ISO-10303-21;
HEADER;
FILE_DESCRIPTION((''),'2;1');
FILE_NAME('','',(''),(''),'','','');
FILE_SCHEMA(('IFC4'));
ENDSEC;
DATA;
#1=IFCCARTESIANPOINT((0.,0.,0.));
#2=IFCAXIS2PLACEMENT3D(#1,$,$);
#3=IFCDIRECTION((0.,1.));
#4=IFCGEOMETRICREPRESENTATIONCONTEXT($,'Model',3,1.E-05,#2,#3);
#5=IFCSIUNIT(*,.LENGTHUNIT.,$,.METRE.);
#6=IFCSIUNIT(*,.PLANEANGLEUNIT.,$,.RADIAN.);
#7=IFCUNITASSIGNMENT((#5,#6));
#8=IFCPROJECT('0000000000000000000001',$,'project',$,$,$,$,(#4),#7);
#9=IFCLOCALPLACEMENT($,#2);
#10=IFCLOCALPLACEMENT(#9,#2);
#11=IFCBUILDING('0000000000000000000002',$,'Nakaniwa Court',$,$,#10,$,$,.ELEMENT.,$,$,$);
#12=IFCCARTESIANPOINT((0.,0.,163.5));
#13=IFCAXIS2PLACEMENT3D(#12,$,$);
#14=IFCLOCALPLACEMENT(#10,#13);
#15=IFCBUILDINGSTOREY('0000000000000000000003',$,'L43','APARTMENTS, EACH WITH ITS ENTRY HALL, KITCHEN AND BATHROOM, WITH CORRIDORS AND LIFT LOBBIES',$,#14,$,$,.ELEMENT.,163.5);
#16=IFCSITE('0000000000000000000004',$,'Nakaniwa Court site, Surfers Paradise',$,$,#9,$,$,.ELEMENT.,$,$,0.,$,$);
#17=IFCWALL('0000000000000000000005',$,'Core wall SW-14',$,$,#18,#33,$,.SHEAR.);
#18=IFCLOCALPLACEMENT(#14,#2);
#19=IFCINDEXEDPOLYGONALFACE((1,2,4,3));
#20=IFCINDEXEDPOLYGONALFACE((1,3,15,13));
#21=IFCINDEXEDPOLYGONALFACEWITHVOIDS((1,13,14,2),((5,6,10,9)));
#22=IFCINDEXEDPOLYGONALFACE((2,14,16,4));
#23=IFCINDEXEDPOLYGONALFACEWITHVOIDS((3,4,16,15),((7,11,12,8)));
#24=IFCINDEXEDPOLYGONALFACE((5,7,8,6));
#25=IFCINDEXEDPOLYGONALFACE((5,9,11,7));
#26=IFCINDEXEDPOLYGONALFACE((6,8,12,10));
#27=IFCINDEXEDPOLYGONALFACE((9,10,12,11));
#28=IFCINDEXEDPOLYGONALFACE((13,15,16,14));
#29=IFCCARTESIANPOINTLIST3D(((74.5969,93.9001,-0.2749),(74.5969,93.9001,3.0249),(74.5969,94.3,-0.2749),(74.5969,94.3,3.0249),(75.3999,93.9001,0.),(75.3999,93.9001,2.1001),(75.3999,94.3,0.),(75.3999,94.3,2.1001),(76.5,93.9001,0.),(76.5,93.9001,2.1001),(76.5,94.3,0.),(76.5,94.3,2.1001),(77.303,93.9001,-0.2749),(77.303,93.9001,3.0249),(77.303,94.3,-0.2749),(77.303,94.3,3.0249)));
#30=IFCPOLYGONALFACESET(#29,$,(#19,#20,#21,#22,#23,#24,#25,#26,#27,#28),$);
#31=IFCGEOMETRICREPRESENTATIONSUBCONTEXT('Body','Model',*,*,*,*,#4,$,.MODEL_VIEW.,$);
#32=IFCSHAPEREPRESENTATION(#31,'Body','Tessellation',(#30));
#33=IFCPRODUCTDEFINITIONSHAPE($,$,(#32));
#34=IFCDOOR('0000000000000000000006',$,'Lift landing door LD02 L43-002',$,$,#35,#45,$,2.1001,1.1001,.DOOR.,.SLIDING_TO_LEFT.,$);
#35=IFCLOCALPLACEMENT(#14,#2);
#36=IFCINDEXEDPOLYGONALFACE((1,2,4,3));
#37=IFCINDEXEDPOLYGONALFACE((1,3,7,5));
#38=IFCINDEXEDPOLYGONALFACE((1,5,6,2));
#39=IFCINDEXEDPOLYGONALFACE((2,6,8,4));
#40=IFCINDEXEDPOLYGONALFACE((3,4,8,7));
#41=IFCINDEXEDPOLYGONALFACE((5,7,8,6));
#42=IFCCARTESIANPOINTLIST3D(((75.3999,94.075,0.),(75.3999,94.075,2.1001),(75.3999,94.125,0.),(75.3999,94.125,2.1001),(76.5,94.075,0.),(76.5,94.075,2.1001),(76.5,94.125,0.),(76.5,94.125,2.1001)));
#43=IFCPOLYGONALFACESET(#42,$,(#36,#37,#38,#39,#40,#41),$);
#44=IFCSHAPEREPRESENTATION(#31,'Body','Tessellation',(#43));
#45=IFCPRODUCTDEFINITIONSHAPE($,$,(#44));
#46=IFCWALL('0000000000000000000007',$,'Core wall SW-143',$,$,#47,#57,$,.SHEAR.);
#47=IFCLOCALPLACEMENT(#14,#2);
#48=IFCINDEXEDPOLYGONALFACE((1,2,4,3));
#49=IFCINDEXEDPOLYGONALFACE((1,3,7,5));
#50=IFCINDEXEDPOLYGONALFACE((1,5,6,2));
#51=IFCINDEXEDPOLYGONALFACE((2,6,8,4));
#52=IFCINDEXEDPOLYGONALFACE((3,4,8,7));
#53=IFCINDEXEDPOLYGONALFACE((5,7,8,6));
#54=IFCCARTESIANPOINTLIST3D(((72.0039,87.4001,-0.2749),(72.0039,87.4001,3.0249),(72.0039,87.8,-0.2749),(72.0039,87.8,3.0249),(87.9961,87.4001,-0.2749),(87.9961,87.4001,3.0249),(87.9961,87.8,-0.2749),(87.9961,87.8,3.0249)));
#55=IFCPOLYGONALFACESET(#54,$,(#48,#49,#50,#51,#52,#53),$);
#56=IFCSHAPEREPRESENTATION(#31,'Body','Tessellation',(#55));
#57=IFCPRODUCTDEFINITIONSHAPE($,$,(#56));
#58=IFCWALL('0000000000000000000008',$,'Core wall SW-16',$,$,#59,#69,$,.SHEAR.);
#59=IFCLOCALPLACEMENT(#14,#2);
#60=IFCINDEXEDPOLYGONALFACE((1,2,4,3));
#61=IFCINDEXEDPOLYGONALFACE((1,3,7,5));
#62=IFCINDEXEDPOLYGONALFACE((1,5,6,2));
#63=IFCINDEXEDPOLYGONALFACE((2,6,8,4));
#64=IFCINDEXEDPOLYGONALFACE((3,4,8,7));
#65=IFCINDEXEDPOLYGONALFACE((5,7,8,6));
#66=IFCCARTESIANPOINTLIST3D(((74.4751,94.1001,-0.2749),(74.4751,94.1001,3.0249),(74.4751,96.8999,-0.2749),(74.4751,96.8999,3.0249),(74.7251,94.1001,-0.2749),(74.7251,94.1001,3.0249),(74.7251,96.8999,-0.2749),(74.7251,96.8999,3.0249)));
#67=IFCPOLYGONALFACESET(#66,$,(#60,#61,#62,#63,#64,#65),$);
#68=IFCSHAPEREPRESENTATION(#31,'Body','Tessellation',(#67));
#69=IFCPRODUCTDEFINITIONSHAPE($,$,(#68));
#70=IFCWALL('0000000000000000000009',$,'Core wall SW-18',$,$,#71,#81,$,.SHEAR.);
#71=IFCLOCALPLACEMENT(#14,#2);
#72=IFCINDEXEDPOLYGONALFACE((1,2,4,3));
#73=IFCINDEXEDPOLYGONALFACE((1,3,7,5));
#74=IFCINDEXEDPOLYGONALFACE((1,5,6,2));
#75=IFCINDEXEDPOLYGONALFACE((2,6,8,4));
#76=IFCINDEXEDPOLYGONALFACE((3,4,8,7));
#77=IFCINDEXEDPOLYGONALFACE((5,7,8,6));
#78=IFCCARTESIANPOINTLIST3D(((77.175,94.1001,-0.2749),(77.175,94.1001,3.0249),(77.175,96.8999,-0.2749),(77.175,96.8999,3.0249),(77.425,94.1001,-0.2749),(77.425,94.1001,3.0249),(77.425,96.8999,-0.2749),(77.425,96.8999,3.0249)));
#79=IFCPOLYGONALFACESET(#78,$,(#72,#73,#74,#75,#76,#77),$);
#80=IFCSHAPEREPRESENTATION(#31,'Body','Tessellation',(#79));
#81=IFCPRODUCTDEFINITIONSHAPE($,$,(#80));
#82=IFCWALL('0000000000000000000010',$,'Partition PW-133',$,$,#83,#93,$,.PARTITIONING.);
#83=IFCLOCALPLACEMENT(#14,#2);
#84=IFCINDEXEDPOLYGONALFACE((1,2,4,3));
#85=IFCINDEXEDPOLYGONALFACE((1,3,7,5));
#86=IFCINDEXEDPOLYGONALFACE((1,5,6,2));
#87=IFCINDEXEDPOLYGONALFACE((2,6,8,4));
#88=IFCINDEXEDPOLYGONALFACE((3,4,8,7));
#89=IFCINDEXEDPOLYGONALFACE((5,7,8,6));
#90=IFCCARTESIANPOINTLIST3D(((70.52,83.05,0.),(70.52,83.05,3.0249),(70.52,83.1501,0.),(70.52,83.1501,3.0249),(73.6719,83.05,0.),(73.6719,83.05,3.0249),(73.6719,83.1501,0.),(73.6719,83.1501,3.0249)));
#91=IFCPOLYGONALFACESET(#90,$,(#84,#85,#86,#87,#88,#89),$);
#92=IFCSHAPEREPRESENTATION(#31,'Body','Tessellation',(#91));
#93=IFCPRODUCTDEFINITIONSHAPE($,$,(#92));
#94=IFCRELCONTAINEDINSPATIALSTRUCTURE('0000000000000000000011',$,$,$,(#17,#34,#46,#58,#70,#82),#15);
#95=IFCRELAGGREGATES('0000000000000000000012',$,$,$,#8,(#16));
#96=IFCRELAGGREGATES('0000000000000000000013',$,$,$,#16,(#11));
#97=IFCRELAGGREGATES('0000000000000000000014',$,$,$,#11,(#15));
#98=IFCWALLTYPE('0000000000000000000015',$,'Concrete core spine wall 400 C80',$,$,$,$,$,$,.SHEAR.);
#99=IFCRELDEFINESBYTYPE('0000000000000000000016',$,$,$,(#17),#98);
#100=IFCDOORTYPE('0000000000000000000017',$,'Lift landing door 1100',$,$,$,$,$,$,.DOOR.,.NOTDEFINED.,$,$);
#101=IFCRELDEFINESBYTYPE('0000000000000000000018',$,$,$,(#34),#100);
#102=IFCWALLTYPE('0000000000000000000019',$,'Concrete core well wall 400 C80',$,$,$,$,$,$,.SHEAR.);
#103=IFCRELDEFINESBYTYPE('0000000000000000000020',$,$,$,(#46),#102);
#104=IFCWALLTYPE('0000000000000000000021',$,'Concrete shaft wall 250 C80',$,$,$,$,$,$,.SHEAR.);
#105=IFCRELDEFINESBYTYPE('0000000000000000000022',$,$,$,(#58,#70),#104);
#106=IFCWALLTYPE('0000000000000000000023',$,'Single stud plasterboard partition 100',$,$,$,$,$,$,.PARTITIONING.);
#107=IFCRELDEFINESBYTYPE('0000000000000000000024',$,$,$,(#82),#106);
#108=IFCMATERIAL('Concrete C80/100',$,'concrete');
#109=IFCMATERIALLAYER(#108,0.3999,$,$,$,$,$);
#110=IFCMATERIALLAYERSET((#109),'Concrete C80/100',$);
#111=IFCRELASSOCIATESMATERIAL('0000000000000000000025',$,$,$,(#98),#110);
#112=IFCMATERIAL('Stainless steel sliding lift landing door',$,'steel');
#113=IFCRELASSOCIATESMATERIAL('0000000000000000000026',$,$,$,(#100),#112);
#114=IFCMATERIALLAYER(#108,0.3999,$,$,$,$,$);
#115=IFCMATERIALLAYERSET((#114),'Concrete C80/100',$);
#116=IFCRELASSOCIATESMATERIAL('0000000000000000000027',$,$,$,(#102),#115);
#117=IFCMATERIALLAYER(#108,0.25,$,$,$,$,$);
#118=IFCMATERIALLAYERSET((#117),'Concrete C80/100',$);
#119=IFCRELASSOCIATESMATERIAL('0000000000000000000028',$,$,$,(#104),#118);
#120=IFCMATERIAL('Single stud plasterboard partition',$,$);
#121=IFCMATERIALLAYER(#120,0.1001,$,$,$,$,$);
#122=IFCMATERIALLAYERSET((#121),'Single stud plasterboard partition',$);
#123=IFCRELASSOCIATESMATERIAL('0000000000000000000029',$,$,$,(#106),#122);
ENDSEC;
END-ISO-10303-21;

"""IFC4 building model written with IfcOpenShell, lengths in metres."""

from ifc_helpers import new_model, si_unit, direction, frame, frame_2d, origin, place, context, subcontext, project, spatial, rectangle, extrude, material, layer, layer_set, type_object, element, fill, save


model = new_model("IFC4")

# Units and contexts
model_context = context("Model", 3, precision=1e-05, world=origin(), true_north=direction((0.0, 1.0)))
body_context = subcontext(model_context, "Body", "Model", "MODEL_VIEW")
ifc_project = project(units=[si_unit("LENGTHUNIT", "METRE"), si_unit("PLANEANGLEUNIT", "RADIAN")], contexts=[model_context])

# Site, building, storey
site_placement = place(None, origin())
site = spatial("IfcSite", under=ifc_project, at=site_placement, Name="Nakaniwa Court site, Surfers Paradise", CompositionType="ELEMENT", RefElevation=0.0)
building_placement = place(site_placement, origin())
building = spatial("IfcBuilding", under=site, at=building_placement, Name="Nakaniwa Court", CompositionType="ELEMENT")
storey_placement = place(building_placement, frame((0.0, 0.0, 163.5)))
storey = spatial("IfcBuildingStorey", under=building, at=storey_placement, Name="L43", Description="APARTMENTS, EACH WITH ITS ENTRY HALL, KITCHEN AND BATHROOM, WITH CORRIDORS AND LIFT LOBBIES", CompositionType="ELEMENT", Elevation=163.5)

# Shared definitions
ifc_material_1 = material(Name="Concrete C80/100", Category="concrete")

# Wall, opening, door
ifc_layer_1 = layer(ifc_material_1, 0.3999)
ifc_layer_set_1 = layer_set([ifc_layer_1], Name="Concrete C80/100")
wall_type_1 = type_object("IfcWallType", Name="Concrete core spine wall 400 C80", PredefinedType="SHEAR", material=ifc_layer_set_1)
wall_1_placement = place(storey_placement, frame((74.5969, 94.1001, -0.2749), z_axis=(0.0, 0.0, 1.0), x_axis=(1.0, 0.0, 0.0)))
wall_1 = element("IfcWall", 1, at=wall_1_placement, inside=storey, type_object=wall_type_1, Name="Core wall SW-14", PredefinedType="SHEAR", context=body_context, shape_type="SweptSolid", body=[
    extrude(rectangle(XDim=2.7061, YDim=0.3999, at=frame_2d((1.353, 0.0))), origin(), (0.0, 0.0, 1.0), 3.2998),
])
opening_1_placement = place(wall_1_placement, frame((0.803, 0.0, 0.2749)))
opening_1 = element("IfcOpeningElement", 2, at=opening_1_placement, cuts=wall_1, PredefinedType="OPENING", context=body_context, shape_type="SweptSolid", body=[
    extrude(rectangle(XDim=1.1001, YDim=2.1001, at=frame_2d((0.55, 1.05))), frame((0.0, 0.21, 0.0), z_axis=(0.0, -1.0, 0.0), x_axis=(1.0, 0.0, 0.0)), (0.0, 0.0, 1.0), 0.4199),
])
ifc_material_2 = material(Name="Stainless steel sliding lift landing door", Category="steel")
door_type_1 = type_object("IfcDoorType", Name="Lift landing door 1100", OperationType="NOTDEFINED", PredefinedType="DOOR", material=ifc_material_2)
door_1_placement = place(opening_1_placement, origin())
door_1 = element("IfcDoor", 3, at=door_1_placement, inside=storey, type_object=door_type_1, Name="Lift landing door LD02 L43-002", OperationType="SLIDING_TO_LEFT", OverallHeight=2.1001, OverallWidth=1.1001, PredefinedType="DOOR", context=body_context, shape_type="SweptSolid", body=[
    extrude(rectangle(XDim=1.1001, YDim=2.1001, at=frame_2d((0.55, 1.05))), frame((0.0, 0.0249, 0.0), z_axis=(0.0, -1.0, 0.0), x_axis=(1.0, 0.0, 0.0)), (0.0, 0.0, 1.0), 0.05),
])
fill(opening_1, door_1)

# Walls
ifc_layer_2 = layer(ifc_material_1, 0.3999)
ifc_layer_set_2 = layer_set([ifc_layer_2], Name="Concrete C80/100")
wall_type_2 = type_object("IfcWallType", Name="Concrete core well wall 400 C80", PredefinedType="SHEAR", material=ifc_layer_set_2)
wall_2_placement = place(storey_placement, frame((72.0039, 87.6001, -0.2749), z_axis=(0.0, 0.0, 1.0), x_axis=(1.0, 0.0, 0.0)))
element("IfcWall", 4, at=wall_2_placement, inside=storey, type_object=wall_type_2, Name="Core wall SW-143", PredefinedType="SHEAR", context=body_context, shape_type="SweptSolid", body=[
    extrude(rectangle(XDim=15.9922, YDim=0.3999, at=frame_2d((7.9961, 0.0))), origin(), (0.0, 0.0, 1.0), 3.2998),
])
ifc_layer_3 = layer(ifc_material_1, 0.25)
ifc_layer_set_3 = layer_set([ifc_layer_3], Name="Concrete C80/100")
wall_type_3 = type_object("IfcWallType", Name="Concrete shaft wall 250 C80", PredefinedType="SHEAR", material=ifc_layer_set_3)
for number, where, z_axis, x_axis, name in (
    (5, (74.6001, 94.1001, -0.2749), (0.0, 0.0, 1.0), (0.0, 1.0, 0.0), "Core wall SW-16"),
    (6, (77.3, 94.1001, -0.2749), (0.0, 0.0, 1.0), (0.0, 1.0, 0.0), "Core wall SW-18"),
):
    element("IfcWall", number, at=place(storey_placement, frame(where, z_axis=z_axis, x_axis=x_axis)), inside=storey, type_object=wall_type_3, Name=name, PredefinedType="SHEAR", context=body_context, shape_type="SweptSolid", body=[
        extrude(rectangle(XDim=2.7998, YDim=0.25, at=frame_2d((1.3999, 0.0))), origin(), (0.0, 0.0, 1.0), 3.2998),
    ])
ifc_material_3 = material(Name="Single stud plasterboard partition")
ifc_layer_4 = layer(ifc_material_3, 0.1001)
ifc_layer_set_4 = layer_set([ifc_layer_4], Name="Single stud plasterboard partition")
wall_type_4 = type_object("IfcWallType", Name="Single stud plasterboard partition 100", PredefinedType="PARTITIONING", material=ifc_layer_set_4)
wall_3_placement = place(storey_placement, frame((70.52, 83.1001, 0.0), z_axis=(0.0, 0.0, 1.0), x_axis=(1.0, 0.0, 0.0)))
element("IfcWall", 7, at=wall_3_placement, inside=storey, type_object=wall_type_4, Name="Partition PW-133", PredefinedType="PARTITIONING", context=body_context, shape_type="SweptSolid", body=[
    extrude(rectangle(XDim=3.1519, YDim=0.1001, at=frame_2d((1.5759, 0.0))), origin(), (0.0, 0.0, 1.0), 3.0249),
])

save(model, "model.ifc")
